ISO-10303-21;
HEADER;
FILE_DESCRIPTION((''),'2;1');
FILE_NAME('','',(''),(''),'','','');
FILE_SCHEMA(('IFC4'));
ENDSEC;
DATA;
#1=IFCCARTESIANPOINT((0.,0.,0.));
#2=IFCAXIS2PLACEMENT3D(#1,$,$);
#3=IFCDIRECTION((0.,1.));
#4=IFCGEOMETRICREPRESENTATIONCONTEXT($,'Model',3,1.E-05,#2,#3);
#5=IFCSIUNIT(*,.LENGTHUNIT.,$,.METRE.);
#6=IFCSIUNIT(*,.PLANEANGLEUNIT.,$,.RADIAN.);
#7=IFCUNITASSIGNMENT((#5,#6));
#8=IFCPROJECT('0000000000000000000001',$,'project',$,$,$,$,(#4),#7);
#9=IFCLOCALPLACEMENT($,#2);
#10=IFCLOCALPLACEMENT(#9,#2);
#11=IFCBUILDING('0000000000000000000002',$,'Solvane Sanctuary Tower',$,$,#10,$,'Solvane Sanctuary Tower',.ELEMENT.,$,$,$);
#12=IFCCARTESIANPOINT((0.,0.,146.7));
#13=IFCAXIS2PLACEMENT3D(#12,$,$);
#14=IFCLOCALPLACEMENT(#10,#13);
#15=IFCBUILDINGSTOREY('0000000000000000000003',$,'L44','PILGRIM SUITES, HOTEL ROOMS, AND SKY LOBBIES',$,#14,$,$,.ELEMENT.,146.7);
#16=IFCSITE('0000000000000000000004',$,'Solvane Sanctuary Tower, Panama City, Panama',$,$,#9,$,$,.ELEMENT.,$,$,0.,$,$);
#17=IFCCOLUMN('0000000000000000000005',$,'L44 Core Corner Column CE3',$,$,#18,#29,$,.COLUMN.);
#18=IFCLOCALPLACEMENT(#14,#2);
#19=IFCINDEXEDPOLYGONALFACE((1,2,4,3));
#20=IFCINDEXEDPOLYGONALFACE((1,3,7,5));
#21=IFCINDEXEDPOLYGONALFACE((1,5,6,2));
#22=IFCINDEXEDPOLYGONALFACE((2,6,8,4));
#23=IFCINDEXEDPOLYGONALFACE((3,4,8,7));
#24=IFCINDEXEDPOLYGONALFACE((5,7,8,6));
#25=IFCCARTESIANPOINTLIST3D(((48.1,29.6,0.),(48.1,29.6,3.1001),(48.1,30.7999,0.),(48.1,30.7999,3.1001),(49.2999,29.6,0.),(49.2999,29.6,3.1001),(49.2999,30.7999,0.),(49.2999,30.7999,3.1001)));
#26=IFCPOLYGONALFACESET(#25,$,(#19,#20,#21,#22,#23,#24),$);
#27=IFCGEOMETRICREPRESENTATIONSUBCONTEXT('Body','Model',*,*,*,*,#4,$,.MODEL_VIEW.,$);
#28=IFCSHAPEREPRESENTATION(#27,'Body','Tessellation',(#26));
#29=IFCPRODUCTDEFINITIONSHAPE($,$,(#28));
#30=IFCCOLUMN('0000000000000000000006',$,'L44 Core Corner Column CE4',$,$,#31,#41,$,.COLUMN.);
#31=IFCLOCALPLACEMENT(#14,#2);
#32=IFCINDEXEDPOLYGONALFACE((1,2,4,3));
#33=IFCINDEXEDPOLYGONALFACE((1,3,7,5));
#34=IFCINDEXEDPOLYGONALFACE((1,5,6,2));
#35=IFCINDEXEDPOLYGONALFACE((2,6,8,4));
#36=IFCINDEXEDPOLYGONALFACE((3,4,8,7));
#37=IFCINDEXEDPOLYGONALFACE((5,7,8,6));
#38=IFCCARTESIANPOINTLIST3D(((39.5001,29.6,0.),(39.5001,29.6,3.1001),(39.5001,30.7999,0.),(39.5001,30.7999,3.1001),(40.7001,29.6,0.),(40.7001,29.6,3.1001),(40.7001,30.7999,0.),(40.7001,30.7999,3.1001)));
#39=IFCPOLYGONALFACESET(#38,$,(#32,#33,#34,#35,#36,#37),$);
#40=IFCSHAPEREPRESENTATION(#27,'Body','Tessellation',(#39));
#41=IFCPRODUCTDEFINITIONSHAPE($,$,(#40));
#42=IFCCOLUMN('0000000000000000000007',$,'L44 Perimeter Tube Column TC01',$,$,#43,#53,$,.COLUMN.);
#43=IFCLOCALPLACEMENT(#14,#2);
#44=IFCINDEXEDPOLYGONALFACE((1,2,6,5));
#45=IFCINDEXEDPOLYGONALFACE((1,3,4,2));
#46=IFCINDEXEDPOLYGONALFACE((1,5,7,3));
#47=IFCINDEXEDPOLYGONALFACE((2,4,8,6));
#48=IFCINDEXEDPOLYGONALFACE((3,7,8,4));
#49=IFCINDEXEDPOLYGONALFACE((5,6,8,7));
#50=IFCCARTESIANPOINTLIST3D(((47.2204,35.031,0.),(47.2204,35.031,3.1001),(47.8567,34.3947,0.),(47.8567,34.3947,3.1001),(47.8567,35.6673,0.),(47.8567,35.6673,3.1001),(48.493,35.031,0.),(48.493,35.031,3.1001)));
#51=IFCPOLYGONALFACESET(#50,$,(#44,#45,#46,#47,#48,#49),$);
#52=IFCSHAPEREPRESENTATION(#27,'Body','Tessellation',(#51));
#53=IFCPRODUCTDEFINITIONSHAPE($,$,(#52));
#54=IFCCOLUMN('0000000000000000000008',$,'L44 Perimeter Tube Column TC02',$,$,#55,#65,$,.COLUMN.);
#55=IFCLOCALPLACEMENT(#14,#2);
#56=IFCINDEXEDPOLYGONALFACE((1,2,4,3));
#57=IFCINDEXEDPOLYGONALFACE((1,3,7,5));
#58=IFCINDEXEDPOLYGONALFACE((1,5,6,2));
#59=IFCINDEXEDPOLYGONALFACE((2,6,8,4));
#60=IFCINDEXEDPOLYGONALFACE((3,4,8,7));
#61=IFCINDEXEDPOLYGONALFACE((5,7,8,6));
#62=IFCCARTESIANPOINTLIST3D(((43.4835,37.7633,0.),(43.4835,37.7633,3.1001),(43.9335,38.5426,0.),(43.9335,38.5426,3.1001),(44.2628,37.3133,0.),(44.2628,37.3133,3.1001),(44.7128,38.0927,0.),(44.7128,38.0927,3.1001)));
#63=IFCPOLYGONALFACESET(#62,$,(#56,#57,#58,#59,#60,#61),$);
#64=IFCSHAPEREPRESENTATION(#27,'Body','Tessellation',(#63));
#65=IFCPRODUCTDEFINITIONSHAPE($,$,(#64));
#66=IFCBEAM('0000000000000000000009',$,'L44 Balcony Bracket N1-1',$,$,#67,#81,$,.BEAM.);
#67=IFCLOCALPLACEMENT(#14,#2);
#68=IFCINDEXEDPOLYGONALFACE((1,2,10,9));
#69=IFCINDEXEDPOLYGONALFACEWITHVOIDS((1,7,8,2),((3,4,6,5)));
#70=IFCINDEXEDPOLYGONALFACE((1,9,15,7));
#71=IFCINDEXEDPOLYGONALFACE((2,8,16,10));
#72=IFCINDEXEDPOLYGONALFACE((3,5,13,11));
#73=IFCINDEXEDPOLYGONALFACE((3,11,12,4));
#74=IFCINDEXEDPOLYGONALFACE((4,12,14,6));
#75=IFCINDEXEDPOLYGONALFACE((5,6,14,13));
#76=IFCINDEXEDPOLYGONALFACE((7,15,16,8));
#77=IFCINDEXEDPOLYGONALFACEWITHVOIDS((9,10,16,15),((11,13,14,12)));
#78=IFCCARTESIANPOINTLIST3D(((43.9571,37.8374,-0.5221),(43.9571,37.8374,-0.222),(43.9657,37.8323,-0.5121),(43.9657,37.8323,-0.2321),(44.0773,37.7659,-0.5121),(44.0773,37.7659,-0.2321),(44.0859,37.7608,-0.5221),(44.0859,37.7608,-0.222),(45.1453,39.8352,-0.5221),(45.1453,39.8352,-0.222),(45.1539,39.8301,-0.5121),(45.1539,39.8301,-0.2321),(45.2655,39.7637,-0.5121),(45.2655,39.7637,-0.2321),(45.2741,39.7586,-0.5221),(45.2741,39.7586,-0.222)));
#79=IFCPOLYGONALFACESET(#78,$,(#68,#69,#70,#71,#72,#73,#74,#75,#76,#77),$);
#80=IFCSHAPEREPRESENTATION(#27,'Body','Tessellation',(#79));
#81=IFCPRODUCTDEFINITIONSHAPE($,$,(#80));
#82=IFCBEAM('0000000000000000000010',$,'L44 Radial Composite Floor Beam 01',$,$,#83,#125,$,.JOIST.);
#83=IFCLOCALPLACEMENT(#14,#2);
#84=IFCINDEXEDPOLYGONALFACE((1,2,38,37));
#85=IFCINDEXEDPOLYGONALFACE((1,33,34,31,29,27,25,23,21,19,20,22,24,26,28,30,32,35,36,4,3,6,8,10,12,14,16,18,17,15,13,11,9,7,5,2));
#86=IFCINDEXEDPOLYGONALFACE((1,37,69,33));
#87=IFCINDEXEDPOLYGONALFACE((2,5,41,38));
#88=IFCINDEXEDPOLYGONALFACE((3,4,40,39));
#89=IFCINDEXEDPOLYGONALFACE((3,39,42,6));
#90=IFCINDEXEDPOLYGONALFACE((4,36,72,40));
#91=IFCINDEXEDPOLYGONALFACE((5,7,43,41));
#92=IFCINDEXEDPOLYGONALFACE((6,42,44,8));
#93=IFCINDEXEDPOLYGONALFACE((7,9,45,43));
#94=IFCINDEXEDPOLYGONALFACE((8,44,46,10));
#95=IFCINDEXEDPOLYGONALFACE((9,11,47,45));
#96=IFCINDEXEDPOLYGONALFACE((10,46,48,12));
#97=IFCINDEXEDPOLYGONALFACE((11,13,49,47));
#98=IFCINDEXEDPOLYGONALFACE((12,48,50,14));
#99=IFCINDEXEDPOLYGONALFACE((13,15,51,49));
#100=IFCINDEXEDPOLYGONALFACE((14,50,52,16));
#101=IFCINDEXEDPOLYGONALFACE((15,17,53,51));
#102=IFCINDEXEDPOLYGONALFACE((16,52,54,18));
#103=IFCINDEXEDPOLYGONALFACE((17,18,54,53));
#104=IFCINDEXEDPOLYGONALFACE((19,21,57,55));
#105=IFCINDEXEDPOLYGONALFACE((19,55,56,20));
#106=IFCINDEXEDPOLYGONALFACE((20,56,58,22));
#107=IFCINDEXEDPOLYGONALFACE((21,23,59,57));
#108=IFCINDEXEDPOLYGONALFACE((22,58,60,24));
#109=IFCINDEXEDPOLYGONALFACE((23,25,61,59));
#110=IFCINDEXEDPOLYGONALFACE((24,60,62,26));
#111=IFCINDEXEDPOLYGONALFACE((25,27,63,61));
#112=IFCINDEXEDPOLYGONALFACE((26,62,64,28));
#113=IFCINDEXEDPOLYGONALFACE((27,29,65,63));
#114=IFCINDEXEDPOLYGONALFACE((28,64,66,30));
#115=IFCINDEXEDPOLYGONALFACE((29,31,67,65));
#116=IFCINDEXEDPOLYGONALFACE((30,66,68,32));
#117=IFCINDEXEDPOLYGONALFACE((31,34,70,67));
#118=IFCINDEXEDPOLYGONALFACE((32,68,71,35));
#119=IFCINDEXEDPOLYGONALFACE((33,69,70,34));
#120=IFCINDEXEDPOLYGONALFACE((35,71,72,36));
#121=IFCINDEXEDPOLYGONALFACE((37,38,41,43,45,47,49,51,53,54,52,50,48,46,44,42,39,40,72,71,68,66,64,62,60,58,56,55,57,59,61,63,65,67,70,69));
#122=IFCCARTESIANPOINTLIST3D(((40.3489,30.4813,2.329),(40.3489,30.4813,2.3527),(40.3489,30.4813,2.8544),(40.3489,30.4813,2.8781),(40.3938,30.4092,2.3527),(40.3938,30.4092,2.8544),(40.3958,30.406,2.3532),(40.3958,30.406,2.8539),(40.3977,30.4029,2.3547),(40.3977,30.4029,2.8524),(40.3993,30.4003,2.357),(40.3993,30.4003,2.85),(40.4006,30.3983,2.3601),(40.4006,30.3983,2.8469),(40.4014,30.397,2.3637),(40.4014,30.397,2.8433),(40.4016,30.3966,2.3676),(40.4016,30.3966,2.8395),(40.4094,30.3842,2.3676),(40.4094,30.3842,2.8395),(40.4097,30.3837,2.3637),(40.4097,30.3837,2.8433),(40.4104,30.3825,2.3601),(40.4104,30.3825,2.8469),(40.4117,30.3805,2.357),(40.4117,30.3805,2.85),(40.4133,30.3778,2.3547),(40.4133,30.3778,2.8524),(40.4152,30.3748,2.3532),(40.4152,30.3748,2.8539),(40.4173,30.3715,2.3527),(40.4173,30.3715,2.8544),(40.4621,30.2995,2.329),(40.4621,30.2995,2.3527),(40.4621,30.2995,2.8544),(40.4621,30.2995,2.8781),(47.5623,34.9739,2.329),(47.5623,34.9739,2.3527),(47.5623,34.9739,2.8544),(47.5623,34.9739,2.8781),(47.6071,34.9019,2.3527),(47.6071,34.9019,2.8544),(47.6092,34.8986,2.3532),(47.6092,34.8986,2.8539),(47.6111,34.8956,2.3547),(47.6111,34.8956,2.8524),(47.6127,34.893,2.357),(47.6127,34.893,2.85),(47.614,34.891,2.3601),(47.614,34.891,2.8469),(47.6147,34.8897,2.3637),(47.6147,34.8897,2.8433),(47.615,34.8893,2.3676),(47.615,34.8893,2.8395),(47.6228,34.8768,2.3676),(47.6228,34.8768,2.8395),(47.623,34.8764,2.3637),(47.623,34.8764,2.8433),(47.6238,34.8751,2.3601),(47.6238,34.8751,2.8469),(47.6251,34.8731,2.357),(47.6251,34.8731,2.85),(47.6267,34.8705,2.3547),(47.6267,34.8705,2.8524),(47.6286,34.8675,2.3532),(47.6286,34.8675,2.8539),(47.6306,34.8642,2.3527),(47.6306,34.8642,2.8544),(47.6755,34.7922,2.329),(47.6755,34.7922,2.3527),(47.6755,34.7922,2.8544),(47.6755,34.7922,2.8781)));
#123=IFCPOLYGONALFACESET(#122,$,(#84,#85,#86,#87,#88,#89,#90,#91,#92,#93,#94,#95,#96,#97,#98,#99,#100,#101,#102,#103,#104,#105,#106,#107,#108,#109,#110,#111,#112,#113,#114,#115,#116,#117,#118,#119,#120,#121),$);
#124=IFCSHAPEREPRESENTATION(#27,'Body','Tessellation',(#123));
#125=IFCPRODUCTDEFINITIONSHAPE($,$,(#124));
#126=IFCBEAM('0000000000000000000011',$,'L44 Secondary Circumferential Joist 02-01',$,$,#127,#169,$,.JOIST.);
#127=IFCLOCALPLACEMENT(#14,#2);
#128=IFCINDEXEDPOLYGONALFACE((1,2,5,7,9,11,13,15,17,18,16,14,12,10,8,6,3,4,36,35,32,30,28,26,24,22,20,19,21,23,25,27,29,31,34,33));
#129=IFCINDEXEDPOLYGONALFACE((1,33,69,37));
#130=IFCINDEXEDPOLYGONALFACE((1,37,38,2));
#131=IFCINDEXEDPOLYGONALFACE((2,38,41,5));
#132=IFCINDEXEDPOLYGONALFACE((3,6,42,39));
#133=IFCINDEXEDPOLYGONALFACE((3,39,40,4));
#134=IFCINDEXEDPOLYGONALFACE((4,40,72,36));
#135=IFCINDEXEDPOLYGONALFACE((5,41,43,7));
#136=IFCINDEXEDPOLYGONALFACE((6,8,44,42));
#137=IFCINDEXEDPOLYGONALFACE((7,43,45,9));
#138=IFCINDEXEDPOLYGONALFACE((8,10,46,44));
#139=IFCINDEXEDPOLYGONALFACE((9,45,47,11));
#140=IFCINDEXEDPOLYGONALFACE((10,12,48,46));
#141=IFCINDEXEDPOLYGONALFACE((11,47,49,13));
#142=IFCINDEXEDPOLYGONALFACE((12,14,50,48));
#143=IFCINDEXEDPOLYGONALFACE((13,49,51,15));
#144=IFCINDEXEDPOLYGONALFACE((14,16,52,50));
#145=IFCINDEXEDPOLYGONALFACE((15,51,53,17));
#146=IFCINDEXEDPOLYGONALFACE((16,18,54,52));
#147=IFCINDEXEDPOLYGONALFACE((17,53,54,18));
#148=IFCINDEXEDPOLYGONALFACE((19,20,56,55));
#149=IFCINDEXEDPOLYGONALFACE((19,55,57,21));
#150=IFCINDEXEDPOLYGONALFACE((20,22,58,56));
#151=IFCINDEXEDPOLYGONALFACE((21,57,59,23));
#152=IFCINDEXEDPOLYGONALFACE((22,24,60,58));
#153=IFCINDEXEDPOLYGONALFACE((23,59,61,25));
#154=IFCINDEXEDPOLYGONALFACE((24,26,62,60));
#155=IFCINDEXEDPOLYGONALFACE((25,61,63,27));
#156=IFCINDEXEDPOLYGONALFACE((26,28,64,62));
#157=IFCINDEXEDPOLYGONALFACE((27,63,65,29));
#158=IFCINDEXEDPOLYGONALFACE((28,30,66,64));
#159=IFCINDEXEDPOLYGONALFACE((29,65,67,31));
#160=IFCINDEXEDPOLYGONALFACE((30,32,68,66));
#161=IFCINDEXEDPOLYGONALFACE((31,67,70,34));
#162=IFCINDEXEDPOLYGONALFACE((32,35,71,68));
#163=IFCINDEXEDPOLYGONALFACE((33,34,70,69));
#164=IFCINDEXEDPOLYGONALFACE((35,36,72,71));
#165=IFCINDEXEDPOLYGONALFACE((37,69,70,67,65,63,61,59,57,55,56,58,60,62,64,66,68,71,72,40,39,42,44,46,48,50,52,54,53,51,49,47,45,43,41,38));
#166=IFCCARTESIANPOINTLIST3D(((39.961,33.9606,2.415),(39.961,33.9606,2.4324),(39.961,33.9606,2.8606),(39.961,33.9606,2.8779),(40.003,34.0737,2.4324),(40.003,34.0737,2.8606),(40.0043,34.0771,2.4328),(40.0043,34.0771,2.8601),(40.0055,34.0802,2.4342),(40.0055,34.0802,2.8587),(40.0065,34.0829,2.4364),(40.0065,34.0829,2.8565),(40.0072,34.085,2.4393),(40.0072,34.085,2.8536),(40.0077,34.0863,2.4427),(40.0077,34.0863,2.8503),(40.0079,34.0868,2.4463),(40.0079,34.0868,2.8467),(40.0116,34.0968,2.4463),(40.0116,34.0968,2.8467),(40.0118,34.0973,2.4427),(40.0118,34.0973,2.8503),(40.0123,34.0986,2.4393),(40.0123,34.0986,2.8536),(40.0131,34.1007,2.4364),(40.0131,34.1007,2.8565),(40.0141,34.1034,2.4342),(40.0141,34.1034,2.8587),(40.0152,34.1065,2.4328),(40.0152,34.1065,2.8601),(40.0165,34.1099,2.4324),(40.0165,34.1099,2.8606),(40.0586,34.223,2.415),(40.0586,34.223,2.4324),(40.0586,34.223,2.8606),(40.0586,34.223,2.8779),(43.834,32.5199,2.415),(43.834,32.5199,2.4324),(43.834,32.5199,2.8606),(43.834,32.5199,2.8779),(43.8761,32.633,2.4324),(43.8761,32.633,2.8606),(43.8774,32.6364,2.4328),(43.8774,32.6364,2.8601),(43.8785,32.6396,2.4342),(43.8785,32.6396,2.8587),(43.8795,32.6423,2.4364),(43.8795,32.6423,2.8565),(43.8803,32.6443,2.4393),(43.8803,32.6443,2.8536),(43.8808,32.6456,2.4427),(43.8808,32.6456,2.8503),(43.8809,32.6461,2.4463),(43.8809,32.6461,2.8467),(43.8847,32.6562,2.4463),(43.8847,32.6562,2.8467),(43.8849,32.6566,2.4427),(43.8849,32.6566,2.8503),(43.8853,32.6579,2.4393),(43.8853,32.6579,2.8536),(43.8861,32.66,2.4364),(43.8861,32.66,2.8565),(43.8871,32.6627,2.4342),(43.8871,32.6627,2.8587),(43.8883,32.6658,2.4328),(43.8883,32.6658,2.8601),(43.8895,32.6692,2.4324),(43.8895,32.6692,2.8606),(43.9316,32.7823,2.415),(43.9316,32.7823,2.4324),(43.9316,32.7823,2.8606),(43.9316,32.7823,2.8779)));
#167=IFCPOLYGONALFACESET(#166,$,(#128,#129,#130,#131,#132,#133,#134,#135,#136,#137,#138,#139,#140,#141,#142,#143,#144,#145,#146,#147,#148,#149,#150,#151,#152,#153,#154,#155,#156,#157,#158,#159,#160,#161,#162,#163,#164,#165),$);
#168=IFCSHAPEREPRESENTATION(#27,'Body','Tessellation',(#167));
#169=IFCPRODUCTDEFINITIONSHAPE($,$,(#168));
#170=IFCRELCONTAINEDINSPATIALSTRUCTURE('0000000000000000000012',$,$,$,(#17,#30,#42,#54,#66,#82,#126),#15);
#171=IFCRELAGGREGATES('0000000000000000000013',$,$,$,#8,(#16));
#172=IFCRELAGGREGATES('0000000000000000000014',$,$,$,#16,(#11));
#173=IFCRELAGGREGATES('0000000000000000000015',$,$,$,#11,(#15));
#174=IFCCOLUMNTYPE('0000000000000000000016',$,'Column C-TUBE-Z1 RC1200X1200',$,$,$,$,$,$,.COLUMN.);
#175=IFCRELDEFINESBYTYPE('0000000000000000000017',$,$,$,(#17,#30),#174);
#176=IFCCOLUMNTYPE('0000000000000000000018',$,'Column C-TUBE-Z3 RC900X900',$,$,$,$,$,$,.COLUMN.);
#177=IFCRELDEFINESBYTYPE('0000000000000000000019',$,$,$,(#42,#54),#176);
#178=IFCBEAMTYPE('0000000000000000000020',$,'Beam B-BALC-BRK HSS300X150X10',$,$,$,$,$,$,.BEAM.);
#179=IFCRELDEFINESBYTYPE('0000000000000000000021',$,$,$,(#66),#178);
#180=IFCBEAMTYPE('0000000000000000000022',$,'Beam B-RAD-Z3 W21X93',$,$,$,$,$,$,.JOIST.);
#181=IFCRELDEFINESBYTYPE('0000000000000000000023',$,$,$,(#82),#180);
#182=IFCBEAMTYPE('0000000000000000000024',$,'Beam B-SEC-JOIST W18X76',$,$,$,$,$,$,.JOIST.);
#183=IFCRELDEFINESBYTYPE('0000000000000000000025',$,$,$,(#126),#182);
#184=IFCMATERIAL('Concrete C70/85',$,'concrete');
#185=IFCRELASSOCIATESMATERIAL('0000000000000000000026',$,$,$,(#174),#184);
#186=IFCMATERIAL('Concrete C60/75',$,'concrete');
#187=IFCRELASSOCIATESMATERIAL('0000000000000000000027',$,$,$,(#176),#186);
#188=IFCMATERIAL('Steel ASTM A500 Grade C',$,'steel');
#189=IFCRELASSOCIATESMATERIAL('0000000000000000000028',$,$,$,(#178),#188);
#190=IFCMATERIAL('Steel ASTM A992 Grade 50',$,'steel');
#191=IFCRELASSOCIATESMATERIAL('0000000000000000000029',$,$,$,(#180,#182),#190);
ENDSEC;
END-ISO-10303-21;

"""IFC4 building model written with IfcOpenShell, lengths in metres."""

from ifc_helpers import new_model, si_unit, direction, frame, origin, origin_2d, place, context, subcontext, project, spatial, rectangle, hollow_rectangle, i_section, extrude, material, material_profile, profile_set, type_object, element, save


model = new_model("IFC4")

# Units and contexts
model_context = context("Model", 3, precision=1e-05, world=origin(), true_north=direction((0.0, 1.0)))
body_context = subcontext(model_context, "Body", "Model", "MODEL_VIEW")
ifc_project = project(units=[si_unit("LENGTHUNIT", "METRE"), si_unit("PLANEANGLEUNIT", "RADIAN")], contexts=[model_context])

# Site, building, storey
site_placement = place(None, origin())
site = spatial("IfcSite", under=ifc_project, at=site_placement, Name="Solvane Sanctuary Tower, Panama City, Panama", CompositionType="ELEMENT", RefElevation=0.0)
building_placement = place(site_placement, origin())
building = spatial("IfcBuilding", under=site, at=building_placement, Name="Solvane Sanctuary Tower", LongName="Solvane Sanctuary Tower", CompositionType="ELEMENT")
storey_placement = place(building_placement, frame((0.0, 0.0, 146.7)))
storey = spatial("IfcBuildingStorey", under=building, at=storey_placement, Name="L44", Description="PILGRIM SUITES, HOTEL ROOMS, AND SKY LOBBIES", CompositionType="ELEMENT", Elevation=146.7)

# Columns
ifc_material_1 = material(Name="Concrete C70/85", Category="concrete")
ifc_material_profile_1 = material_profile(ifc_material_1, rectangle(XDim=1.2, YDim=1.2, at=origin_2d()), Name="RC1200X1200")
ifc_profile_set_1 = profile_set([ifc_material_profile_1], Name="Concrete C70/85")
column_type_1 = type_object("IfcColumnType", Name="Column C-TUBE-Z1 RC1200X1200", PredefinedType="COLUMN", material=ifc_profile_set_1)
for number, where, z_axis, x_axis, name in (
    (1, (48.7, 30.2, 0.0), (0.0, 0.0, 1.0), (1.0, 0.0, 0.0), "L44 Core Corner Column CE3"),
    (2, (40.1001, 30.2, 0.0), (0.0, 0.0, 1.0), (1.0, 0.0, 0.0), "L44 Core Corner Column CE4"),
):
    element("IfcColumn", number, at=place(storey_placement, frame(where, z_axis=z_axis, x_axis=x_axis)), inside=storey, type_object=column_type_1, Name=name, PredefinedType="COLUMN", context=body_context, shape_type="SweptSolid", body=[
        extrude(rectangle(XDim=1.2, YDim=1.2, at=origin_2d()), origin(), (0.0, 0.0, 1.0), 3.1001),
    ])
ifc_material_2 = material(Name="Concrete C60/75", Category="concrete")
ifc_material_profile_2 = material_profile(ifc_material_2, rectangle(XDim=0.8999, YDim=0.8999, at=origin_2d()), Name="RC900X900")
ifc_profile_set_2 = profile_set([ifc_material_profile_2], Name="Concrete C60/75")
column_type_2 = type_object("IfcColumnType", Name="Column C-TUBE-Z3 RC900X900", PredefinedType="COLUMN", material=ifc_profile_set_2)
for number, where, z_axis, x_axis, name in (
    (3, (47.8567, 35.031, 0.0), (0.0, 0.0, 1.0), (0.707107, 0.707107, 0.0), "L44 Perimeter Tube Column TC01"),
    (4, (44.0981, 37.928, 0.0), (0.0, 0.0, 1.0), (0.5, 0.866025, 0.0), "L44 Perimeter Tube Column TC02"),
):
    element("IfcColumn", number, at=place(storey_placement, frame(where, z_axis=z_axis, x_axis=x_axis)), inside=storey, type_object=column_type_2, Name=name, PredefinedType="COLUMN", context=body_context, shape_type="SweptSolid", body=[
        extrude(rectangle(XDim=0.8999, YDim=0.8999, at=origin_2d()), origin(), (0.0, 0.0, 1.0), 3.1001),
    ])

# Beams
ifc_material_3 = material(Name="Steel ASTM A500 Grade C", Category="steel")
ifc_material_profile_3 = material_profile(ifc_material_3, hollow_rectangle(XDim=0.1499, YDim=0.3, WallThickness=0.01, at=origin_2d()), Name="HSS300X150X10")
ifc_profile_set_3 = profile_set([ifc_material_profile_3], Name="Steel ASTM A500 Grade C")
beam_type_1 = type_object("IfcBeamType", Name="Beam B-BALC-BRK HSS300X150X10", PredefinedType="BEAM", material=ifc_profile_set_3)
beam_1_placement = place(storey_placement, frame((44.0215, 37.7991, -0.3721), z_axis=(0.511187, 0.85947, 0.0), x_axis=(-0.85947, 0.511187, 0.0)))
element("IfcBeam", 5, at=beam_1_placement, inside=storey, type_object=beam_type_1, Name="L44 Balcony Bracket N1-1", PredefinedType="BEAM", context=body_context, shape_type="SweptSolid", body=[
    extrude(hollow_rectangle(XDim=0.1499, YDim=0.3, WallThickness=0.01, at=origin_2d()), origin(), (0.0, 0.0, 1.0), 2.3245),
])
ifc_material_4 = material(Name="Steel ASTM A992 Grade 50", Category="steel")
ifc_material_profile_4 = material_profile(ifc_material_4, i_section(OverallWidth=0.2141, OverallDepth=0.5491, WebThickness=0.0146, FlangeThickness=0.0237, FilletRadius=0.0149, at=origin_2d()), Name="W21X93")
ifc_profile_set_4 = profile_set([ifc_material_profile_4], Name="Steel ASTM A992 Grade 50")
beam_type_2 = type_object("IfcBeamType", Name="Beam B-RAD-Z3 W21X93", PredefinedType="JOIST", material=ifc_profile_set_4)
beam_2_placement = place(storey_placement, frame((40.4055, 30.3904, 2.6035), z_axis=(0.848827, 0.528671, 0.0), x_axis=(-0.528671, 0.848827, 0.0)))
element("IfcBeam", 6, at=beam_2_placement, inside=storey, type_object=beam_type_2, Name="L44 Radial Composite Floor Beam 01", PredefinedType="JOIST", context=body_context, shape_type="SweptSolid", body=[
    extrude(i_section(OverallWidth=0.2141, OverallDepth=0.5491, WebThickness=0.0146, FlangeThickness=0.0237, FilletRadius=0.0149, at=origin_2d()), origin(), (0.0, 0.0, 1.0), 8.498),
])
ifc_material_profile_5 = material_profile(ifc_material_4, i_section(OverallWidth=0.28, OverallDepth=0.4629, WebThickness=0.0107, FlangeThickness=0.0173, FilletRadius=0.0139, at=origin_2d()), Name="W18X76")
ifc_profile_set_5 = profile_set([ifc_material_profile_5], Name="Steel ASTM A992 Grade 50")
beam_type_3 = type_object("IfcBeamType", Name="Beam B-SEC-JOIST W18X76", PredefinedType="JOIST", material=ifc_profile_set_5)
beam_3_placement = place(storey_placement, frame((40.0098, 34.0918, 2.6465), z_axis=(0.937258, -0.348636, 0.0), x_axis=(0.348636, 0.937258, 0.0)))
element("IfcBeam", 7, at=beam_3_placement, inside=storey, type_object=beam_type_3, Name="L44 Secondary Circumferential Joist 02-01", PredefinedType="JOIST", context=body_context, shape_type="SweptSolid", body=[
    extrude(i_section(OverallWidth=0.28, OverallDepth=0.4629, WebThickness=0.0107, FlangeThickness=0.0173, FilletRadius=0.0139, at=origin_2d()), origin(), (0.0, 0.0, 1.0), 4.1323),
])

save(model, "model.ifc")
